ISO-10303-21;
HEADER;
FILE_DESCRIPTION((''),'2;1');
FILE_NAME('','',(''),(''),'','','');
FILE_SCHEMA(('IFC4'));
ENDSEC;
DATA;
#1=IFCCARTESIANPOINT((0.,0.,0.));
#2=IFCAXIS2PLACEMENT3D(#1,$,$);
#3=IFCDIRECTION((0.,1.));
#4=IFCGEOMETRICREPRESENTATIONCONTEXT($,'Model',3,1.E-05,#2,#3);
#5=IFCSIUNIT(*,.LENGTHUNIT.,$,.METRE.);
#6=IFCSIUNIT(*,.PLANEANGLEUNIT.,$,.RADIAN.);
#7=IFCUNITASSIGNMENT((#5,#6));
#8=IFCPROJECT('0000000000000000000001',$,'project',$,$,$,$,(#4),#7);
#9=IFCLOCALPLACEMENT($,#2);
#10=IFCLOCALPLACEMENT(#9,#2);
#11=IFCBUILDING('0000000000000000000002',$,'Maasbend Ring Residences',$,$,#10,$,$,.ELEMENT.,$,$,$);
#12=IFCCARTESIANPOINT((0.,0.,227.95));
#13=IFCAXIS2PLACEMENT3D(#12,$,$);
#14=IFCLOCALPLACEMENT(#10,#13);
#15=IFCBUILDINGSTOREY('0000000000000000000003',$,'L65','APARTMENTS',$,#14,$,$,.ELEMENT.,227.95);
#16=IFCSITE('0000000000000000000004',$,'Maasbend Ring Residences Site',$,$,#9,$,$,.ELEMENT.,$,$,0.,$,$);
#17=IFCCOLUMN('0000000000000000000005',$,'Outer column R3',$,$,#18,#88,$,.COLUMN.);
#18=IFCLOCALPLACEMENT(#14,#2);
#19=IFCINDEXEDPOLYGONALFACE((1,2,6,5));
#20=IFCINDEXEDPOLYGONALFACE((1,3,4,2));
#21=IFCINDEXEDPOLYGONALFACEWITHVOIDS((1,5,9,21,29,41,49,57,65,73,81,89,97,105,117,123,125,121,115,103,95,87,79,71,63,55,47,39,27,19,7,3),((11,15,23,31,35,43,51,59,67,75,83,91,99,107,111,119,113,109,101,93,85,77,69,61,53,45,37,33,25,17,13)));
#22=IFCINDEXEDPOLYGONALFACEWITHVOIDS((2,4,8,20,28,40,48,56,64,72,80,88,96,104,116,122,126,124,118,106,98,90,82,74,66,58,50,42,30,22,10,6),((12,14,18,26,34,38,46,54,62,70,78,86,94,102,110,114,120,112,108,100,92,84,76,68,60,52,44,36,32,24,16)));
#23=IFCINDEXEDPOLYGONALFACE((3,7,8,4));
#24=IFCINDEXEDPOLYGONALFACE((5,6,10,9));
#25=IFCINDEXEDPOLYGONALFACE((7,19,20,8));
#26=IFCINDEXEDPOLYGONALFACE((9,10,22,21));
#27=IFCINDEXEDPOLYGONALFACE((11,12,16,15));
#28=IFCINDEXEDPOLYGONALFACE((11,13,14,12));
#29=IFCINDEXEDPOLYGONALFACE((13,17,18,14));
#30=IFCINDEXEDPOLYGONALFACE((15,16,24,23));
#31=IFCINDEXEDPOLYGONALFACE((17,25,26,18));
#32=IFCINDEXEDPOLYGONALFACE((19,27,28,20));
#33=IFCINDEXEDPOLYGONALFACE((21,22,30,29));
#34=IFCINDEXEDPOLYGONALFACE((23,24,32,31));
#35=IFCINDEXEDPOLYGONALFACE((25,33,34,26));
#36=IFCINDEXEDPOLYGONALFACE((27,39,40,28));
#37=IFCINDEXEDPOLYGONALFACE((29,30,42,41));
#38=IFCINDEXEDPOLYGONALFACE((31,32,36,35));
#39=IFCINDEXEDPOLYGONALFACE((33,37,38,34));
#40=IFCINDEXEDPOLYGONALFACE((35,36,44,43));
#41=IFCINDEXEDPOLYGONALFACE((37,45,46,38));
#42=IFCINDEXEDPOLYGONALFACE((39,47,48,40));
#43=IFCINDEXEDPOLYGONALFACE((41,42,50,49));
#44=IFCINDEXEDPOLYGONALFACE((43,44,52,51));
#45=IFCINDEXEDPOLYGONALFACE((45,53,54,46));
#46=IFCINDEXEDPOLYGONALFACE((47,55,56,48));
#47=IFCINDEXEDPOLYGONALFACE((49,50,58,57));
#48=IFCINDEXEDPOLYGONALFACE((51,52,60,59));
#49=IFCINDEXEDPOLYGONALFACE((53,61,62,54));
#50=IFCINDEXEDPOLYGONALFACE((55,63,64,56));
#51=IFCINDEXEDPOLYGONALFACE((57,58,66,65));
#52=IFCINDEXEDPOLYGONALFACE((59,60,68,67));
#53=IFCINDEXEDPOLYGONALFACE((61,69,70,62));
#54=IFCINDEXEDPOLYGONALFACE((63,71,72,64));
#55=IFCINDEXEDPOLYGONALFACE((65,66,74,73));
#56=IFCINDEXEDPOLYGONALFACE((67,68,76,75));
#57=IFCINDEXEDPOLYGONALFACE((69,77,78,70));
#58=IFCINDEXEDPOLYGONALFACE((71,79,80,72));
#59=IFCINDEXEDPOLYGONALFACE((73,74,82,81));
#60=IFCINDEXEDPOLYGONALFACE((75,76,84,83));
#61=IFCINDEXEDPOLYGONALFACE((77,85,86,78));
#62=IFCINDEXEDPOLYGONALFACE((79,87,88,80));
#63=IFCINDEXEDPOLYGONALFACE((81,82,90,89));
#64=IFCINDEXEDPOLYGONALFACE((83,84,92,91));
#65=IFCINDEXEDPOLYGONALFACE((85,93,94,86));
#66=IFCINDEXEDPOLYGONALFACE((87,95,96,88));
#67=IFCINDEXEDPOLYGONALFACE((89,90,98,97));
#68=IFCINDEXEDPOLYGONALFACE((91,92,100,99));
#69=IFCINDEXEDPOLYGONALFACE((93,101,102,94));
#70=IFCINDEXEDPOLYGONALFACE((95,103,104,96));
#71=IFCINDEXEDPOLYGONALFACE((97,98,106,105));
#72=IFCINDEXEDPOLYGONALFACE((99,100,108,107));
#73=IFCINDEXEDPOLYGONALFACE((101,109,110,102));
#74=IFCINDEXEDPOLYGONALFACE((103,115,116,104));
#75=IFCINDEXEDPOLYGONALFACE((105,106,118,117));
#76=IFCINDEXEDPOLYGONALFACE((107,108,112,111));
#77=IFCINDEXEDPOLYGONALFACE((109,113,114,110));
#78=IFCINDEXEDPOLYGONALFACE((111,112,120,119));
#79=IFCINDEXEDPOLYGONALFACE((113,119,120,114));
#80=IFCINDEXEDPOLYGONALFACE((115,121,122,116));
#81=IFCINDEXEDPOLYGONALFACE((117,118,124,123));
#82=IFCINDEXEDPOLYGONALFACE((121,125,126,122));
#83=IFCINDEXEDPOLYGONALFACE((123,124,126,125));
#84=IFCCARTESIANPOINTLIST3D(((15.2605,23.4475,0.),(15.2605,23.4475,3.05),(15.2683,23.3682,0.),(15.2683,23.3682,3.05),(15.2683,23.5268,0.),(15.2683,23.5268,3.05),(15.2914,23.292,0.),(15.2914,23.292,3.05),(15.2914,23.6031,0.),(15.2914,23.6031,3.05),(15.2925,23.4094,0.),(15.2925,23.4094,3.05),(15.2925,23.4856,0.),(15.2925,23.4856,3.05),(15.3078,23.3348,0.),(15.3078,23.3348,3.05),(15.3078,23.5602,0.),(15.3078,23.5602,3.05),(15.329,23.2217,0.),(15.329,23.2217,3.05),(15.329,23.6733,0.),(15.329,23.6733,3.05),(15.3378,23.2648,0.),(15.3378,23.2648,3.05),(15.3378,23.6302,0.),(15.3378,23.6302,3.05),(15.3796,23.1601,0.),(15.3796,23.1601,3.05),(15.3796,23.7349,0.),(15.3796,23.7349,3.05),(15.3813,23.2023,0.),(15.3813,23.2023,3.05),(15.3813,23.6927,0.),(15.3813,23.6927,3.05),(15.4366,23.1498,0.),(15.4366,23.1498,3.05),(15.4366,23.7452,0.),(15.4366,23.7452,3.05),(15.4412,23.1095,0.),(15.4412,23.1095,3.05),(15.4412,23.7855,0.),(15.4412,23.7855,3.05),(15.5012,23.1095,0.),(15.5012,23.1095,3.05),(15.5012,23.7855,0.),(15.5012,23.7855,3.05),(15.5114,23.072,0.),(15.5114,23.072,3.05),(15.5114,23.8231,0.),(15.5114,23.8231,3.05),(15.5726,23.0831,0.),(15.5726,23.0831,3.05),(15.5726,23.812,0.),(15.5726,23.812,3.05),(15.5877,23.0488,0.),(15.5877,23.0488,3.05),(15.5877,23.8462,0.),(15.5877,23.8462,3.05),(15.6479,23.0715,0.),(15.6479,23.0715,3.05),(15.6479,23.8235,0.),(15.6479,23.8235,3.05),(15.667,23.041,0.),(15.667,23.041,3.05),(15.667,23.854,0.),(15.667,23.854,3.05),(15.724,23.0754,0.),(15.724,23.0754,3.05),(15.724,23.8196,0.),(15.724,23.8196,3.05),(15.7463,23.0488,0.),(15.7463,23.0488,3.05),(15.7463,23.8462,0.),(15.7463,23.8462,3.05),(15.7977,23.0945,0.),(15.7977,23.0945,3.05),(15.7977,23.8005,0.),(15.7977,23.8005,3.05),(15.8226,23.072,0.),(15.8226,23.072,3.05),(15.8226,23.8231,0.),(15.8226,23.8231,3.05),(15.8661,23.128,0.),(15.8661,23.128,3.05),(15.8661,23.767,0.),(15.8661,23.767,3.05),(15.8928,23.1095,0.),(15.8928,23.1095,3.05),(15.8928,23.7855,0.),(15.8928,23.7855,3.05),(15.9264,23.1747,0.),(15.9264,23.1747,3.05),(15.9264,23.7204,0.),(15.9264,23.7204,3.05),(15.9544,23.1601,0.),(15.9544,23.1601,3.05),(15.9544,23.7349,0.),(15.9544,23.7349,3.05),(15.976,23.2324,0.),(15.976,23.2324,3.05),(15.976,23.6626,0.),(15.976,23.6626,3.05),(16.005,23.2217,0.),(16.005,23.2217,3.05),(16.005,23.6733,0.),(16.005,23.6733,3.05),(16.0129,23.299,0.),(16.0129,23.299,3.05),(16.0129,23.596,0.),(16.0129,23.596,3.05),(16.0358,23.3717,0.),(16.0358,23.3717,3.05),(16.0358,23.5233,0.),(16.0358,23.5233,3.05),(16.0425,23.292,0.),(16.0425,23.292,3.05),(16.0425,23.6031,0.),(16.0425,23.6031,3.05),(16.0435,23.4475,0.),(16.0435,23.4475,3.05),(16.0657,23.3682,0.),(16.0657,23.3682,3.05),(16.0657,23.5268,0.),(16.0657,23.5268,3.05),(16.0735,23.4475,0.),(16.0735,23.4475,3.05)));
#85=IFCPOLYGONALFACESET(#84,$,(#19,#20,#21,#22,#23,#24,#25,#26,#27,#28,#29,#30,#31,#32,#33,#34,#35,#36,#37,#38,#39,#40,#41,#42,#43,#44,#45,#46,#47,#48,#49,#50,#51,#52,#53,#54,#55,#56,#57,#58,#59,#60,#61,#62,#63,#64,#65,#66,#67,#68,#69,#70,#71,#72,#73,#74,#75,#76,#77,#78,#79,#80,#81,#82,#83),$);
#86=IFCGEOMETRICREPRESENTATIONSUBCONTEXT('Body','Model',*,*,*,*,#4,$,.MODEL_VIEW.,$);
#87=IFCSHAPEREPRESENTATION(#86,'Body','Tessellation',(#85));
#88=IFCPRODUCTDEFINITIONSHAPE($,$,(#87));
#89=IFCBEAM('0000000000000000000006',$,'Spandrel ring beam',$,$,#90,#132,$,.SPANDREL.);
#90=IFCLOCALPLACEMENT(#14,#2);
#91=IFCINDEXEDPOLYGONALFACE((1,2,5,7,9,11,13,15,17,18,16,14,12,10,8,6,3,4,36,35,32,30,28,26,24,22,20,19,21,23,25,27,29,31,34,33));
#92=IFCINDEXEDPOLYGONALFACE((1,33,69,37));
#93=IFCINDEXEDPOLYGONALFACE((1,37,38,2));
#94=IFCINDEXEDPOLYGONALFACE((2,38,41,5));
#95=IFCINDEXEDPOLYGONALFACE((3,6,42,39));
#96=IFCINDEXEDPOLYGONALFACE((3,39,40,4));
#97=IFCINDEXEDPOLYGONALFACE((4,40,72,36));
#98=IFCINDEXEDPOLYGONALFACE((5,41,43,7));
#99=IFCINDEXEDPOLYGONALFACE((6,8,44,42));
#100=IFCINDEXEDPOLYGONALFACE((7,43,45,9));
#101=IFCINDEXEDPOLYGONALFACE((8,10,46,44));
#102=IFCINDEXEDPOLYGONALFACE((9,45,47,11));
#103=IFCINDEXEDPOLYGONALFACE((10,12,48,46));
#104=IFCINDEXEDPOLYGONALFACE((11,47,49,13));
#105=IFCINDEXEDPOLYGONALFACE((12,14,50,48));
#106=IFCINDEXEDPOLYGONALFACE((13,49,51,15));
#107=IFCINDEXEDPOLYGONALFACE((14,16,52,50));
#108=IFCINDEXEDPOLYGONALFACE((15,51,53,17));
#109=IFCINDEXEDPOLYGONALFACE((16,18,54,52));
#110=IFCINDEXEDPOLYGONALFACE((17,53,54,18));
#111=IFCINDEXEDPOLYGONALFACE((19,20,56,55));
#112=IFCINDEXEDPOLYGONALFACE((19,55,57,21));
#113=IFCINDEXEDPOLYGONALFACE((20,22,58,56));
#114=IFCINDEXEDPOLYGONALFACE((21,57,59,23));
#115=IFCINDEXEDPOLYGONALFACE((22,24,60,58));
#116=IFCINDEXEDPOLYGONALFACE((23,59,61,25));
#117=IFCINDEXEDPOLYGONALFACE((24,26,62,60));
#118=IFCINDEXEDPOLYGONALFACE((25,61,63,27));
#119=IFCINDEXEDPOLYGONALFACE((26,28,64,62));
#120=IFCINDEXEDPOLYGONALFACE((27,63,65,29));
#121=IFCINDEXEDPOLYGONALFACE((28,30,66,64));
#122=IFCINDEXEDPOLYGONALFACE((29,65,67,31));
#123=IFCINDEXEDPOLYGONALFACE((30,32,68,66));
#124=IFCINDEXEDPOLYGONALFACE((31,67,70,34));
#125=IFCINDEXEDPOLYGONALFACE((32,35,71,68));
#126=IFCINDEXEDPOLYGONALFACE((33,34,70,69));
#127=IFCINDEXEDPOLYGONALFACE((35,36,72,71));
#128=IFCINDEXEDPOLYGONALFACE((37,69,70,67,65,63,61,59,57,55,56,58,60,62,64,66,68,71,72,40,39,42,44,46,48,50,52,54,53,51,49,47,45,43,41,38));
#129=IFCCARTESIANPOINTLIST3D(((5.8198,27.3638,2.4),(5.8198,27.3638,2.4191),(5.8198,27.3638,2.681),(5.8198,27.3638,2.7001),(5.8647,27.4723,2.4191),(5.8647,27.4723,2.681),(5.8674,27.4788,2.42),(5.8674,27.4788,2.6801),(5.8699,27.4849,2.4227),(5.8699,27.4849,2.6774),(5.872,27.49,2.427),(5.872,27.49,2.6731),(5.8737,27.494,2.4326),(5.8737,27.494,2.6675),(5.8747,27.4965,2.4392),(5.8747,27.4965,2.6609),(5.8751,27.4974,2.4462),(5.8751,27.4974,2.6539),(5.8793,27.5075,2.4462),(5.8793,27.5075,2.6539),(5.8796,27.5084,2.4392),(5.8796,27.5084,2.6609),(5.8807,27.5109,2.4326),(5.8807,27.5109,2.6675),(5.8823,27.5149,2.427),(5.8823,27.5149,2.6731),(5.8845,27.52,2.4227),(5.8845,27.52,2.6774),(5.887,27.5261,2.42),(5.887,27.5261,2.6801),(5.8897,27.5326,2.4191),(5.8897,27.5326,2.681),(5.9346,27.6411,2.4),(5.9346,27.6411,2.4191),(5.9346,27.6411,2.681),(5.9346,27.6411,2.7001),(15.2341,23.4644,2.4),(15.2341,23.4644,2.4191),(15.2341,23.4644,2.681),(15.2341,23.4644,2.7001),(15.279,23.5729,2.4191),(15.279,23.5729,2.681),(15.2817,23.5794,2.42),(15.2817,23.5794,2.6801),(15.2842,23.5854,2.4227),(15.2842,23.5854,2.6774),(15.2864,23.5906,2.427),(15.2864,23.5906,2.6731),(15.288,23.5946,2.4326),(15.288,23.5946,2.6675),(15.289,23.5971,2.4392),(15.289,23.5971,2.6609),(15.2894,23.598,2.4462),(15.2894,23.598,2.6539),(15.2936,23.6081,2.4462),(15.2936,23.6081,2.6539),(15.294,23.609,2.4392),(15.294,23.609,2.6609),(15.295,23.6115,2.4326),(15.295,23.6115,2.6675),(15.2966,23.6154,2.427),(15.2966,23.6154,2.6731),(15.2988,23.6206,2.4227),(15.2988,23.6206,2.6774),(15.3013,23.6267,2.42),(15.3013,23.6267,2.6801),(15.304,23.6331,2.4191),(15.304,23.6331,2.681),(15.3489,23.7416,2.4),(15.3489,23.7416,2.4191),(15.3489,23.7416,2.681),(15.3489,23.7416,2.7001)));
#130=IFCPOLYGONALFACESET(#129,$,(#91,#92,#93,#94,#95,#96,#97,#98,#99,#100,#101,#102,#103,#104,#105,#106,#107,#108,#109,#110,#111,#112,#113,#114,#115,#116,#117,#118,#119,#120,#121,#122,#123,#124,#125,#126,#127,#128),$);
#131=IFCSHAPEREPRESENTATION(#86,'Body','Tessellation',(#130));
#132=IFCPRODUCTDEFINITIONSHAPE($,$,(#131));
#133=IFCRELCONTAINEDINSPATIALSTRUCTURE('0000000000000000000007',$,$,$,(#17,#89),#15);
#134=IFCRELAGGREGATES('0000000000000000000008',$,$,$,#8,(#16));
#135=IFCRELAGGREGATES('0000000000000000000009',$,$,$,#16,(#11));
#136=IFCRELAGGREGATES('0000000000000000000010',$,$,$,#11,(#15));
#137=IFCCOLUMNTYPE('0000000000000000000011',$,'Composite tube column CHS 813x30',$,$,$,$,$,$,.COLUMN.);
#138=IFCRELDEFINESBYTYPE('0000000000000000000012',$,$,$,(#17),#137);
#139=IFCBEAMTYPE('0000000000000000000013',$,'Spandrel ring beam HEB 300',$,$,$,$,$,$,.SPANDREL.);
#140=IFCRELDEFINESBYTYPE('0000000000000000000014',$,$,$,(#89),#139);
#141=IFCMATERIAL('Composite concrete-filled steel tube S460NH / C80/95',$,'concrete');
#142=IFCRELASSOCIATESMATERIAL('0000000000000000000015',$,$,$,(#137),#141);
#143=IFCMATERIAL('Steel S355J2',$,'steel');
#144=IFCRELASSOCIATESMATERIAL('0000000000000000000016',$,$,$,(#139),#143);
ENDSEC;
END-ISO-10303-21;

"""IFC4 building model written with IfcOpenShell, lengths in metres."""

from ifc_helpers import new_model, si_unit, direction, frame, origin, origin_2d, place, context, subcontext, project, spatial, hollow_circle, i_section, extrude, material, material_profile, profile_set, type_object, element, save


model = new_model("IFC4")

# Units and contexts
model_context = context("Model", 3, precision=1e-05, world=origin(), true_north=direction((0.0, 1.0)))
body_context = subcontext(model_context, "Body", "Model", "MODEL_VIEW")
ifc_project = project(units=[si_unit("LENGTHUNIT", "METRE"), si_unit("PLANEANGLEUNIT", "RADIAN")], contexts=[model_context])

# Site, building, storey
site_placement = place(None, origin())
site = spatial("IfcSite", under=ifc_project, at=site_placement, Name="Maasbend Ring Residences Site", CompositionType="ELEMENT", RefElevation=0.0)
building_placement = place(site_placement, origin())
building = spatial("IfcBuilding", under=site, at=building_placement, Name="Maasbend Ring Residences", CompositionType="ELEMENT")
storey_placement = place(building_placement, frame((0.0, 0.0, 227.95)))
storey = spatial("IfcBuildingStorey", under=building, at=storey_placement, Name="L65", Description="APARTMENTS", CompositionType="ELEMENT", Elevation=227.95)

# Column
ifc_material_1 = material(Name="Composite concrete-filled steel tube S460NH / C80/95", Category="concrete")
ifc_material_profile_1 = material_profile(ifc_material_1, hollow_circle(Radius=0.4065, WallThickness=0.03, at=origin_2d()), Name="Composite tube column CHS 813x30")
ifc_profile_set_1 = profile_set([ifc_material_profile_1], Name="Composite concrete-filled steel tube S460NH / C80/95")
column_type = type_object("IfcColumnType", Name="Composite tube column CHS 813x30", PredefinedType="COLUMN", material=ifc_profile_set_1)
column_placement = place(storey_placement, frame((15.667, 23.4475, 0.0), z_axis=(0.0, 0.0, 1.0), x_axis=(1.0, 0.0, 0.0)))
element("IfcColumn", 1, at=column_placement, inside=storey, type_object=column_type, Name="Outer column R3", PredefinedType="COLUMN", context=body_context, shape_type="SweptSolid", body=[
    extrude(hollow_circle(Radius=0.4065, WallThickness=0.03, at=origin_2d()), origin(), (0.0, 0.0, 1.0), 3.05),
])

# Beam
ifc_material_2 = material(Name="Steel S355J2", Category="steel")
ifc_material_profile_2 = material_profile(ifc_material_2, i_section(OverallWidth=0.3, OverallDepth=0.3, WebThickness=0.011, FlangeThickness=0.019, FilletRadius=0.0271, at=origin_2d()), Name="HEB 300")
ifc_profile_set_2 = profile_set([ifc_material_profile_2], Name="Steel S355J2")
beam_type = type_object("IfcBeamType", Name="Spandrel ring beam HEB 300", PredefinedType="SPANDREL", material=ifc_profile_set_2)
beam_placement = place(storey_placement, frame((15.2915, 23.603, 2.55), z_axis=(-0.923884, 0.382673, 0.0), x_axis=(-0.382673, -0.923884, 0.0)))
element("IfcBeam", 2, at=beam_placement, inside=storey, type_object=beam_type, Name="Spandrel ring beam", PredefinedType="SPANDREL", context=body_context, shape_type="SweptSolid", body=[
    extrude(i_section(OverallWidth=0.3, OverallDepth=0.3, WebThickness=0.011, FlangeThickness=0.019, FilletRadius=0.0271, at=origin_2d()), origin(), (0.0, 0.0, 1.0), 10.1899),
])

save(model, "model.ifc")
